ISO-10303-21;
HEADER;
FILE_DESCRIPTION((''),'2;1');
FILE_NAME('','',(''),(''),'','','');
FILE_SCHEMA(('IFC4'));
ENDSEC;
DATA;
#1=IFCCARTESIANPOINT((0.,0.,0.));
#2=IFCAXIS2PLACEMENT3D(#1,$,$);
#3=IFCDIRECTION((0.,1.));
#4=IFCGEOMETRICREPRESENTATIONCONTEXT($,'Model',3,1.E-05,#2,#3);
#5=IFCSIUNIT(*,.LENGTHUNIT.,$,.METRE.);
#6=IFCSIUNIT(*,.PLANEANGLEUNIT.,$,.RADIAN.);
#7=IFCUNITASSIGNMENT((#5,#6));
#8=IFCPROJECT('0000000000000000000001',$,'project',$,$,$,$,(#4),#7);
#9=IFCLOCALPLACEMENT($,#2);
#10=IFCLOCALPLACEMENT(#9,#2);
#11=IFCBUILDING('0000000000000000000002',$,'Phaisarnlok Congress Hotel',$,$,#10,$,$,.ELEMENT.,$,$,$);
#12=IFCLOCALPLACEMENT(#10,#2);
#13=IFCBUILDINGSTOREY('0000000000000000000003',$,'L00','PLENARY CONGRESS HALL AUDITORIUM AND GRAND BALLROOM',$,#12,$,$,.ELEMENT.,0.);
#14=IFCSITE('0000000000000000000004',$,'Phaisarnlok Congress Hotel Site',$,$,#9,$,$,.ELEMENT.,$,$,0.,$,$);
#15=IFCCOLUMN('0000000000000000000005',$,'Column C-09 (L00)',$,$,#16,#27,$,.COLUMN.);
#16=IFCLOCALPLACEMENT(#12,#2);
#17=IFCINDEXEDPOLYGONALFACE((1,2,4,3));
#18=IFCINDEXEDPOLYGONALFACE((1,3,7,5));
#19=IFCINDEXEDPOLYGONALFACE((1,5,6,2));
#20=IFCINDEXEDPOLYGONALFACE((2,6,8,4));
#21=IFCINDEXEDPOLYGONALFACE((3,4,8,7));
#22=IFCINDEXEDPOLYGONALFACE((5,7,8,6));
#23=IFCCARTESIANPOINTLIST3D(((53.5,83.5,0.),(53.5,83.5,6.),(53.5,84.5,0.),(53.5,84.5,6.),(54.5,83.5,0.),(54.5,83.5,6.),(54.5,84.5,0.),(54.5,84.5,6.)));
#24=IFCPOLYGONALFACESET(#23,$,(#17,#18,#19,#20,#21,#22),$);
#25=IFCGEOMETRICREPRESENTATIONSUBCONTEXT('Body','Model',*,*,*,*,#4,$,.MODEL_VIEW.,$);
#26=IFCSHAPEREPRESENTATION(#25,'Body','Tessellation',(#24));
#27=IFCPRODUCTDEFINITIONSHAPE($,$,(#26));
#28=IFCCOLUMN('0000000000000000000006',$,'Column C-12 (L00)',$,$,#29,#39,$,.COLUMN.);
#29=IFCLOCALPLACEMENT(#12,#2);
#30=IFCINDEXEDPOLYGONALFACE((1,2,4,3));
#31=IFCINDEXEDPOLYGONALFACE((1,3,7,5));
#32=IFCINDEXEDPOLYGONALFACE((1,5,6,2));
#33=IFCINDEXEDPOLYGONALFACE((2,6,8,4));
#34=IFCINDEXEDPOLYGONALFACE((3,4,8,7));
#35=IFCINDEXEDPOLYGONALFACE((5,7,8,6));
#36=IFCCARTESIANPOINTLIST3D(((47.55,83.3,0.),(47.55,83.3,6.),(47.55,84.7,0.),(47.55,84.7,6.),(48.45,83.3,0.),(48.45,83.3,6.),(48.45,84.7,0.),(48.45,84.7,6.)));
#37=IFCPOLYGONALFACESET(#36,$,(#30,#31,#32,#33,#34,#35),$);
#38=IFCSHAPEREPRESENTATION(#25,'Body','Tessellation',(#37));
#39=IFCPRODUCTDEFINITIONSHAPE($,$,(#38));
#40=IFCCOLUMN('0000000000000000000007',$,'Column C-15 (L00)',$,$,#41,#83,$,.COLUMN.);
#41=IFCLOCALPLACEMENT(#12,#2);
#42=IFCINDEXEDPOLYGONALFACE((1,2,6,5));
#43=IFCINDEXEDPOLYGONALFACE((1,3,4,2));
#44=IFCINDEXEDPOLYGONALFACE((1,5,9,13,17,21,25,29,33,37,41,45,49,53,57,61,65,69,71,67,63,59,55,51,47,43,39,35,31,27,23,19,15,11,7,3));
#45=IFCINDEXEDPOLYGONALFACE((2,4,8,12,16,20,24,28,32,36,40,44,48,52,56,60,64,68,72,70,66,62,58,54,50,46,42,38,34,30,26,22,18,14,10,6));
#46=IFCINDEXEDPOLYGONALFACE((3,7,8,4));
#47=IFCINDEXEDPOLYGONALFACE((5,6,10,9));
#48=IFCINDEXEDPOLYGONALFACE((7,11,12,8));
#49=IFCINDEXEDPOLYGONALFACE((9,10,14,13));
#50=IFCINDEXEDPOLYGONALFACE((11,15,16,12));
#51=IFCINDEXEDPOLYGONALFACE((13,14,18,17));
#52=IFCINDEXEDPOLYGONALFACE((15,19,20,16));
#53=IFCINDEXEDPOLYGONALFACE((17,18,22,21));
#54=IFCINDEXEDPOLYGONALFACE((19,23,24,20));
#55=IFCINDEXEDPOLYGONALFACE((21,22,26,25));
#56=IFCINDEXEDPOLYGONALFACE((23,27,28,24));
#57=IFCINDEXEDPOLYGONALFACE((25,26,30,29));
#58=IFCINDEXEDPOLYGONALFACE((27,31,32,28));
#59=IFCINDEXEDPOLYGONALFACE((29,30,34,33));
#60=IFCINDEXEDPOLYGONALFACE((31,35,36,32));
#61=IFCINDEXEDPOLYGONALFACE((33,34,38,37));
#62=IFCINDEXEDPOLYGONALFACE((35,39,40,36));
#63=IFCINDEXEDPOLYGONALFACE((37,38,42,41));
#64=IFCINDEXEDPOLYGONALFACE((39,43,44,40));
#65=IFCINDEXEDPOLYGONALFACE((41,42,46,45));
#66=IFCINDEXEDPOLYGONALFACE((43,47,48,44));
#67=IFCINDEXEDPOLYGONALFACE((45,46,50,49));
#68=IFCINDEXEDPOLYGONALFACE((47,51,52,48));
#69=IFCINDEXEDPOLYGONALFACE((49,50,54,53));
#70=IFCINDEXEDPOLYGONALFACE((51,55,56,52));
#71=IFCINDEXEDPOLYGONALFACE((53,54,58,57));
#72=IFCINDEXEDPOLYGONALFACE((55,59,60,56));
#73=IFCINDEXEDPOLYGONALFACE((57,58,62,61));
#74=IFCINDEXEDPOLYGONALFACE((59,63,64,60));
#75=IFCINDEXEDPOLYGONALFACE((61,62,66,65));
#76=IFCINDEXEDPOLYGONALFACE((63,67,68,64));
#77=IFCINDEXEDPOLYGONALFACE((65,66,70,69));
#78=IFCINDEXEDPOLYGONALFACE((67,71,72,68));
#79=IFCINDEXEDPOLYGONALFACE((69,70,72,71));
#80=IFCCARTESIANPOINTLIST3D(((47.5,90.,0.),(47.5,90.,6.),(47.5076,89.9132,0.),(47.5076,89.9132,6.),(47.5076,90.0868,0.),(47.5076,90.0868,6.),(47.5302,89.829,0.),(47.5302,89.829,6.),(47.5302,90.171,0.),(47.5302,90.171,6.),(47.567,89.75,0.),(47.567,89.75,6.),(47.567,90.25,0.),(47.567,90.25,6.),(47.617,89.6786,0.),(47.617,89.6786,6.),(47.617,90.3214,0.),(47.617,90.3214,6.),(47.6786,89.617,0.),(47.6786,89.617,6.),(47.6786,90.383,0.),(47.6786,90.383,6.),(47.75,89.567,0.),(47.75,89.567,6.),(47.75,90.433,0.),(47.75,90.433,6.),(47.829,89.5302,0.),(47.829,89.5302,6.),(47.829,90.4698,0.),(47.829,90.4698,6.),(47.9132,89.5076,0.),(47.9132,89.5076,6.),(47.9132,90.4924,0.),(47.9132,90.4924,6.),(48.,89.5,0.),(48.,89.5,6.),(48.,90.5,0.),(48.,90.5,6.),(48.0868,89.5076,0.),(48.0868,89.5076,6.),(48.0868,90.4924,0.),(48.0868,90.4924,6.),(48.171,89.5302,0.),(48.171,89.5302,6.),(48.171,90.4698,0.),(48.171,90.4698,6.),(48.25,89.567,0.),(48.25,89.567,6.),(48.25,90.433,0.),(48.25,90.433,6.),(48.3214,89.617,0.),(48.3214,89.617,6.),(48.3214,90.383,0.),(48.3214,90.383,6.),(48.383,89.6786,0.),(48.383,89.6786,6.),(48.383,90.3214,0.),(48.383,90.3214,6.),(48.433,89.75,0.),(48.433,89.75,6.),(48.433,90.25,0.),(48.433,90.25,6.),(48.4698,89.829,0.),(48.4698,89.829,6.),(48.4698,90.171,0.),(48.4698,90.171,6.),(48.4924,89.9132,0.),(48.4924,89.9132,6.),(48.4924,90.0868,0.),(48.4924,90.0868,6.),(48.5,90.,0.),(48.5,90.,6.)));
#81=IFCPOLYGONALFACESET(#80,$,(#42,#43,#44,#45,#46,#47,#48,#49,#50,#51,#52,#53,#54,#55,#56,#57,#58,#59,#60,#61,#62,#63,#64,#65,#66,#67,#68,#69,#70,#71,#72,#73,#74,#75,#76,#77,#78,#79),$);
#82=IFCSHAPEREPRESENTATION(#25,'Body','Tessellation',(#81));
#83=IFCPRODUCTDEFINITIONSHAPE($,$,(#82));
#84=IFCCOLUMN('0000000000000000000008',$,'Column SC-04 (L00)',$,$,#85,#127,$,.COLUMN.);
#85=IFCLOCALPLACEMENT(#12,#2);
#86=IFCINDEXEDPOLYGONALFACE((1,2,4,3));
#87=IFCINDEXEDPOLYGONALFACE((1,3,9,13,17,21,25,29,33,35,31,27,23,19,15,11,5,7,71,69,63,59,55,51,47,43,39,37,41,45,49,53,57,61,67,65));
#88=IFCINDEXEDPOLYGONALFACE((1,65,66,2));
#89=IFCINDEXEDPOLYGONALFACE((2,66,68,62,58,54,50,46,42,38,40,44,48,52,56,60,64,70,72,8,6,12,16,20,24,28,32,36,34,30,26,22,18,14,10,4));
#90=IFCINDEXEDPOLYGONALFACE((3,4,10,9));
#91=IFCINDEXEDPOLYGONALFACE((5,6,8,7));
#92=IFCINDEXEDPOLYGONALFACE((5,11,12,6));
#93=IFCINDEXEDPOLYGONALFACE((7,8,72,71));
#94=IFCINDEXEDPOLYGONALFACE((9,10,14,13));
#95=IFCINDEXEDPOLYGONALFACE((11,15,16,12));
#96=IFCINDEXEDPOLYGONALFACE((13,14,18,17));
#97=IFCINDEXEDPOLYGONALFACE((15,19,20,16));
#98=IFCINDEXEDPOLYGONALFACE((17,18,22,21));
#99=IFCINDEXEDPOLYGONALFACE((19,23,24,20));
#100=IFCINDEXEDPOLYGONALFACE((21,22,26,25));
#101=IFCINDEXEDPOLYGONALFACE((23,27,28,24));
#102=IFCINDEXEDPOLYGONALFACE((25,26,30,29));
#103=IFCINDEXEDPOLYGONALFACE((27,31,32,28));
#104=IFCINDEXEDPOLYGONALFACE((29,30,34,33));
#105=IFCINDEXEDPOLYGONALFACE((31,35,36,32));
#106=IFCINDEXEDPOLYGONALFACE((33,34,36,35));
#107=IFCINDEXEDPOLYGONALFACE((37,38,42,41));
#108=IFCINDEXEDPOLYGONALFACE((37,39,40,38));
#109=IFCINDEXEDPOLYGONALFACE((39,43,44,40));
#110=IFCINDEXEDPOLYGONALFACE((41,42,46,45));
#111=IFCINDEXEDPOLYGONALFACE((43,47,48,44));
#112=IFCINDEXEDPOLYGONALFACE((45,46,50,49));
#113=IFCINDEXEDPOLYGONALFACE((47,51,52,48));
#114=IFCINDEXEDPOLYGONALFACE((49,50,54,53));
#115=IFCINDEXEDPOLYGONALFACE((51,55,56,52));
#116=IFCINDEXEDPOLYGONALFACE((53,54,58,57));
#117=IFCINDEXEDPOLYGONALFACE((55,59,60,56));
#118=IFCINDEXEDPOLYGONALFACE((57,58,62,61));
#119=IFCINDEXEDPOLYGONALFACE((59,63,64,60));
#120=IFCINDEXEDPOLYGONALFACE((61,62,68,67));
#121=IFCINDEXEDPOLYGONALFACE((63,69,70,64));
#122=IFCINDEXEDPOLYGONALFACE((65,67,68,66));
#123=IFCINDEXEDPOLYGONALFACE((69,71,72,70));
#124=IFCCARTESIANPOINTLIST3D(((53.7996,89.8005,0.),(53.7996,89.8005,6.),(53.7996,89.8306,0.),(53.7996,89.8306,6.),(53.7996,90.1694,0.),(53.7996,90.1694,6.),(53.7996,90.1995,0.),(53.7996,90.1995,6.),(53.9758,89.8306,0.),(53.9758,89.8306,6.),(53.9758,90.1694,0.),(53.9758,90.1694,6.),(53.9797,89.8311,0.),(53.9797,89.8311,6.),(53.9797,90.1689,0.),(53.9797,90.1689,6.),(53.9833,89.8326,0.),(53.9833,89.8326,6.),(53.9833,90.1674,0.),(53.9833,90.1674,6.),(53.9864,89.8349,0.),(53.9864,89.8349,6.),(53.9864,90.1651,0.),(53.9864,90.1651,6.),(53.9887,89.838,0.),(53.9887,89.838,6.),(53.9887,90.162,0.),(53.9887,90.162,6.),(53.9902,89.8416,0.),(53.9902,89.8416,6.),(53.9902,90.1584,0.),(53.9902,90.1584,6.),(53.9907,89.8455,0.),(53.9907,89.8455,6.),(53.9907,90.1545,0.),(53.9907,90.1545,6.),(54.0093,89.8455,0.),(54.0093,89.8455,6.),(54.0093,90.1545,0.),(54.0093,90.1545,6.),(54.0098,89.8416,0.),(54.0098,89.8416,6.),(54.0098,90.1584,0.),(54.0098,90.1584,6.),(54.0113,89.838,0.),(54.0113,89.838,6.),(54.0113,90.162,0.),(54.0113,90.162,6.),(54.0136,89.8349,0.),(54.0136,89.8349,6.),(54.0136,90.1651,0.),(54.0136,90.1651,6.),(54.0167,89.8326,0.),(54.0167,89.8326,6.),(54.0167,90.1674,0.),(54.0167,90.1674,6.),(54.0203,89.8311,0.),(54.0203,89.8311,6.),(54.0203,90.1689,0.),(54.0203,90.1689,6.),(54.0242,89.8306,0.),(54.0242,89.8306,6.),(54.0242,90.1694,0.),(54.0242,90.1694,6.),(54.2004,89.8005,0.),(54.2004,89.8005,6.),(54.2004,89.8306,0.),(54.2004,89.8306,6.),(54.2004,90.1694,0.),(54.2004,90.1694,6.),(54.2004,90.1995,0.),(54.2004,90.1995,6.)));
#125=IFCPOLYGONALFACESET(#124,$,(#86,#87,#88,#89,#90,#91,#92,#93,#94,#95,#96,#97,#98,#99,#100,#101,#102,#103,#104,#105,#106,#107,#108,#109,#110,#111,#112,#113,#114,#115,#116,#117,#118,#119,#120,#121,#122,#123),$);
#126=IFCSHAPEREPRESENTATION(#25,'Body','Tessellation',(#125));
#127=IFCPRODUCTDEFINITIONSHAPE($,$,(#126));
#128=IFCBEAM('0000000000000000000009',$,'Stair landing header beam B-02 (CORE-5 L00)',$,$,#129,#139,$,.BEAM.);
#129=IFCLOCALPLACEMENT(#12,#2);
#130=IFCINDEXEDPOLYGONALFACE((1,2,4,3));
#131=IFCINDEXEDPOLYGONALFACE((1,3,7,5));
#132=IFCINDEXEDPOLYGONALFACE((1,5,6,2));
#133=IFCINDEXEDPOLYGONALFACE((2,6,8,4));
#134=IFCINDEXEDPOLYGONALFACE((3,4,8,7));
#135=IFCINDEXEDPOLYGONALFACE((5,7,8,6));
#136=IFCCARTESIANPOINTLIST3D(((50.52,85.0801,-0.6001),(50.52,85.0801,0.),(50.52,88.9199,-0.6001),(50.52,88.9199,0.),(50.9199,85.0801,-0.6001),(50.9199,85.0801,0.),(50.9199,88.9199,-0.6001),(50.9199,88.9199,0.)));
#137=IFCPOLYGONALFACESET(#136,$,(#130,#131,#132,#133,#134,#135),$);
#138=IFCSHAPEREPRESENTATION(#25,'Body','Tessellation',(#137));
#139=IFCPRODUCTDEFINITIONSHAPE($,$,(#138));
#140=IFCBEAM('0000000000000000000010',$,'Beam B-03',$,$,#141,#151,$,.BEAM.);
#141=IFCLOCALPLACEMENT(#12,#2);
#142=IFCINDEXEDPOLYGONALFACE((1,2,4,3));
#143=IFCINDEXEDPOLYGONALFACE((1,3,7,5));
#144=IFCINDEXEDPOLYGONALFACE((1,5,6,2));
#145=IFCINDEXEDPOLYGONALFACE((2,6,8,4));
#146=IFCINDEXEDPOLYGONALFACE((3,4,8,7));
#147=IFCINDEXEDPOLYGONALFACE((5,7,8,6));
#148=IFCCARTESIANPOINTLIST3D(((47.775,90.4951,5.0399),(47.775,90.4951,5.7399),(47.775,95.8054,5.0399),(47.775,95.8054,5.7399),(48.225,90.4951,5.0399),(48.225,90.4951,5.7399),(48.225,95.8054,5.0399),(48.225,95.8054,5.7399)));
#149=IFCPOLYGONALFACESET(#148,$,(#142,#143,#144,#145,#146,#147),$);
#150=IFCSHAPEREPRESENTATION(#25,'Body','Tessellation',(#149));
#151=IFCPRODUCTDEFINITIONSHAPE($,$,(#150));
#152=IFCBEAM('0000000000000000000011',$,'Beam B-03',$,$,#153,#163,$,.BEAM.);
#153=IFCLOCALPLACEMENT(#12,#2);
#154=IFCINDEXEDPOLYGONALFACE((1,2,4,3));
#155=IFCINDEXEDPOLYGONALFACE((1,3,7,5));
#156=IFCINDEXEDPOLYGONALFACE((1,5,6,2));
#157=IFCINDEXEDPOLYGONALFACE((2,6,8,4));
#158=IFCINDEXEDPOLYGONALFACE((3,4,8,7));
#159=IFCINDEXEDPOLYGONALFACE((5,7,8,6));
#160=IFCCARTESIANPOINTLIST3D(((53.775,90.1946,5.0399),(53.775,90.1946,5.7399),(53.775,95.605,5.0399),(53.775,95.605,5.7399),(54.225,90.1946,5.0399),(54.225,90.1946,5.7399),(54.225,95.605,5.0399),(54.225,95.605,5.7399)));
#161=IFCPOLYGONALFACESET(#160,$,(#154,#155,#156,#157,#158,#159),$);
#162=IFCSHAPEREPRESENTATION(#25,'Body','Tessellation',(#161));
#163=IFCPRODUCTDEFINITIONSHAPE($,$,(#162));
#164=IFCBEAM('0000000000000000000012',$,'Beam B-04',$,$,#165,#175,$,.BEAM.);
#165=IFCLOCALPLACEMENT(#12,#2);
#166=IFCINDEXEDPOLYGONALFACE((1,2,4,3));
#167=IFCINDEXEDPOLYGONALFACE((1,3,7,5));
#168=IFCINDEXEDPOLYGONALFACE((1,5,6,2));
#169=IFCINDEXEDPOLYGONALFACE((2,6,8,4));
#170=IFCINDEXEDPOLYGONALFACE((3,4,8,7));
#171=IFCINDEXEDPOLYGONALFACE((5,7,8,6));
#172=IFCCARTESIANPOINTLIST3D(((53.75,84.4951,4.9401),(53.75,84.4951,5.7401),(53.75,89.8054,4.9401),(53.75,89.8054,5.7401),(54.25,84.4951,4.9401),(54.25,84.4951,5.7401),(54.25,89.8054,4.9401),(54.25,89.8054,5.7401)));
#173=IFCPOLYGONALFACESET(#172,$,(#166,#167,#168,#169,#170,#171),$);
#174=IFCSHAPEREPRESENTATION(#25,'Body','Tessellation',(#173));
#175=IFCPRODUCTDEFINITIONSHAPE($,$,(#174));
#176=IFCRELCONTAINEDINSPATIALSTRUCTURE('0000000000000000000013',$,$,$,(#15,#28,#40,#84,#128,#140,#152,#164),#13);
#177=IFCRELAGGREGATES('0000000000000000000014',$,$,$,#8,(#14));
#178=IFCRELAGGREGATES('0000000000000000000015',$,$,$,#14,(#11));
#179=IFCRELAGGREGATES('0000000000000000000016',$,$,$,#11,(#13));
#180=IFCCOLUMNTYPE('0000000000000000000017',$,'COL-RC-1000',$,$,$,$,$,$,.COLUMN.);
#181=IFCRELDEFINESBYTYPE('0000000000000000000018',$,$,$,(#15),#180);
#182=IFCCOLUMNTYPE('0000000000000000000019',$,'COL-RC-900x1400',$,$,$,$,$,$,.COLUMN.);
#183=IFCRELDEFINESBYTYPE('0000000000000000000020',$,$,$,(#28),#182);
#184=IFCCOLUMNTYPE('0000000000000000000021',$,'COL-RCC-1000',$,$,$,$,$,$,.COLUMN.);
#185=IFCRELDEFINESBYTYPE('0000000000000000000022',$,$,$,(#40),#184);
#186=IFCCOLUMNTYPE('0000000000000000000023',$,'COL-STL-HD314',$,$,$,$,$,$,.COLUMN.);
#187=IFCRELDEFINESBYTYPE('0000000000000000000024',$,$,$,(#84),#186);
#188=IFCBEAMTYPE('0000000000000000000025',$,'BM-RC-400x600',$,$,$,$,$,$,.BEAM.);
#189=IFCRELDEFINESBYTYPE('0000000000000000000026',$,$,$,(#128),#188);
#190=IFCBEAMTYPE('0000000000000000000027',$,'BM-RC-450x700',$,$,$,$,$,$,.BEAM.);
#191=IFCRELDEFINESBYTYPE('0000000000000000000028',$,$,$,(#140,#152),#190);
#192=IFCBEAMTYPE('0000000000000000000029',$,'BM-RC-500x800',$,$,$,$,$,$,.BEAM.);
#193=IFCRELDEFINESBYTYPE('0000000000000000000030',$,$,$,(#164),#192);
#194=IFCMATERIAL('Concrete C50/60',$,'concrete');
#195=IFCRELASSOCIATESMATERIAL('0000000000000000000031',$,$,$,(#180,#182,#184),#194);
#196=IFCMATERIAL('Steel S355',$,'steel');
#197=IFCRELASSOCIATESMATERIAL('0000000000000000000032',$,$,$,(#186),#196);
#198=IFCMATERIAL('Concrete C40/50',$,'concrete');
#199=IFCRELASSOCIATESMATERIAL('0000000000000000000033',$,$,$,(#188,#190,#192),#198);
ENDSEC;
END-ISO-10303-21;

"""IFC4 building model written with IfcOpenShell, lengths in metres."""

from ifc_helpers import new_model, si_unit, direction, frame, origin, origin_2d, place, context, subcontext, project, spatial, rectangle, circle, i_section, extrude, material, material_profile, profile_set, type_object, element, save


model = new_model("IFC4")

# Units and contexts
model_context = context("Model", 3, precision=1e-05, world=origin(), true_north=direction((0.0, 1.0)))
body_context = subcontext(model_context, "Body", "Model", "MODEL_VIEW")
ifc_project = project(units=[si_unit("LENGTHUNIT", "METRE"), si_unit("PLANEANGLEUNIT", "RADIAN")], contexts=[model_context])

# Site, building, storey
site_placement = place(None, origin())
site = spatial("IfcSite", under=ifc_project, at=site_placement, Name="Phaisarnlok Congress Hotel Site", CompositionType="ELEMENT", RefElevation=0.0)
building_placement = place(site_placement, origin())
building = spatial("IfcBuilding", under=site, at=building_placement, Name="Phaisarnlok Congress Hotel", CompositionType="ELEMENT")
storey_placement = place(building_placement, origin())
storey = spatial("IfcBuildingStorey", under=building, at=storey_placement, Name="L00", Description="PLENARY CONGRESS HALL AUDITORIUM AND GRAND BALLROOM", CompositionType="ELEMENT", Elevation=0.0)

# Columns
ifc_material_1 = material(Name="Concrete C50/60", Category="concrete")
ifc_material_profile_1 = material_profile(ifc_material_1, rectangle(XDim=1.0, YDim=1.0, at=origin_2d()), Name="RC 1000x1000")
ifc_profile_set_1 = profile_set([ifc_material_profile_1], Name="Concrete C50/60")
column_type_1 = type_object("IfcColumnType", Name="COL-RC-1000", PredefinedType="COLUMN", material=ifc_profile_set_1)
column_1_placement = place(storey_placement, frame((54.0, 84.0, 0.0), z_axis=(0.0, 0.0, 1.0), x_axis=(1.0, 0.0, 0.0)))
element("IfcColumn", 1, at=column_1_placement, inside=storey, type_object=column_type_1, Name="Column C-09 (L00)", PredefinedType="COLUMN", context=body_context, shape_type="SweptSolid", body=[
    extrude(rectangle(XDim=1.0, YDim=1.0, at=origin_2d()), origin(), (0.0, 0.0, 1.0), 6.0),
])
ifc_material_profile_2 = material_profile(ifc_material_1, rectangle(XDim=0.8999, YDim=1.3999, at=origin_2d()), Name="RC 900x1400")
ifc_profile_set_2 = profile_set([ifc_material_profile_2], Name="Concrete C50/60")
column_type_2 = type_object("IfcColumnType", Name="COL-RC-900x1400", PredefinedType="COLUMN", material=ifc_profile_set_2)
column_2_placement = place(storey_placement, frame((48.0, 84.0, 0.0), z_axis=(0.0, 0.0, 1.0), x_axis=(1.0, 0.0, 0.0)))
element("IfcColumn", 2, at=column_2_placement, inside=storey, type_object=column_type_2, Name="Column C-12 (L00)", PredefinedType="COLUMN", context=body_context, shape_type="SweptSolid", body=[
    extrude(rectangle(XDim=0.8999, YDim=1.3999, at=origin_2d()), origin(), (0.0, 0.0, 1.0), 6.0),
])
ifc_material_profile_3 = material_profile(ifc_material_1, circle(Radius=0.5, at=origin_2d()), Name="RCC D1000")
ifc_profile_set_3 = profile_set([ifc_material_profile_3], Name="Concrete C50/60")
column_type_3 = type_object("IfcColumnType", Name="COL-RCC-1000", PredefinedType="COLUMN", material=ifc_profile_set_3)
column_3_placement = place(storey_placement, frame((48.0, 90.0, 0.0), z_axis=(0.0, 0.0, 1.0), x_axis=(1.0, 0.0, 0.0)))
element("IfcColumn", 3, at=column_3_placement, inside=storey, type_object=column_type_3, Name="Column C-15 (L00)", PredefinedType="COLUMN", context=body_context, shape_type="SweptSolid", body=[
    extrude(circle(Radius=0.5, at=origin_2d()), origin(), (0.0, 0.0, 1.0), 6.0),
])
ifc_material_2 = material(Name="Steel S355", Category="steel")
ifc_material_profile_4 = material_profile(ifc_material_2, i_section(OverallWidth=0.4009, OverallDepth=0.3989, WebThickness=0.0186, FlangeThickness=0.03, FilletRadius=0.0149, at=origin_2d()), Name="HD 400x314")
ifc_profile_set_4 = profile_set([ifc_material_profile_4], Name="Steel S355")
column_type_4 = type_object("IfcColumnType", Name="COL-STL-HD314", PredefinedType="COLUMN", material=ifc_profile_set_4)
column_4_placement = place(storey_placement, frame((54.0, 90.0, 0.0), z_axis=(0.0, 0.0, 1.0), x_axis=(1.0, 0.0, 0.0)))
element("IfcColumn", 4, at=column_4_placement, inside=storey, type_object=column_type_4, Name="Column SC-04 (L00)", PredefinedType="COLUMN", context=body_context, shape_type="SweptSolid", body=[
    extrude(i_section(OverallWidth=0.4009, OverallDepth=0.3989, WebThickness=0.0186, FlangeThickness=0.03, FilletRadius=0.0149, at=origin_2d()), origin(), (0.0, 0.0, 1.0), 6.0),
])

# Beams
ifc_material_3 = material(Name="Concrete C40/50", Category="concrete")
ifc_material_profile_5 = material_profile(ifc_material_3, rectangle(XDim=0.3999, YDim=0.6001, at=origin_2d()), Name="RC 400x600")
ifc_profile_set_5 = profile_set([ifc_material_profile_5], Name="Concrete C40/50")
beam_type_1 = type_object("IfcBeamType", Name="BM-RC-400x600", PredefinedType="BEAM", material=ifc_profile_set_5)
beam_1_placement = place(storey_placement, frame((50.72, 85.0801, -0.3), z_axis=(0.0, 1.0, 0.0), x_axis=(-1.0, 0.0, 0.0)))
element("IfcBeam", 5, at=beam_1_placement, inside=storey, type_object=beam_type_1, Name="Stair landing header beam B-02 (CORE-5 L00)", PredefinedType="BEAM", context=body_context, shape_type="SweptSolid", body=[
    extrude(rectangle(XDim=0.3999, YDim=0.6001, at=origin_2d()), origin(), (0.0, 0.0, 1.0), 3.8398),
])
ifc_material_profile_6 = material_profile(ifc_material_3, rectangle(XDim=0.45, YDim=0.7, at=origin_2d()), Name="RC 450x700")
ifc_profile_set_6 = profile_set([ifc_material_profile_6], Name="Concrete C40/50")
beam_type_2 = type_object("IfcBeamType", Name="BM-RC-450x700", PredefinedType="BEAM", material=ifc_profile_set_6)
beam_2_placement = place(storey_placement, frame((48.0, 90.4951, 5.3899), z_axis=(0.0, 1.0, 0.0), x_axis=(-1.0, 0.0, 0.0)))
element("IfcBeam", 6, at=beam_2_placement, inside=storey, type_object=beam_type_2, Name="Beam B-03", PredefinedType="BEAM", context=body_context, shape_type="SweptSolid", body=[
    extrude(rectangle(XDim=0.45, YDim=0.7, at=origin_2d()), origin(), (0.0, 0.0, 1.0), 5.3103),
])
beam_3_placement = place(storey_placement, frame((54.0, 90.1946, 5.3899), z_axis=(0.0, 1.0, 0.0), x_axis=(-1.0, 0.0, 0.0)))
element("IfcBeam", 7, at=beam_3_placement, inside=storey, type_object=beam_type_2, Name="Beam B-03", PredefinedType="BEAM", context=body_context, shape_type="SweptSolid", body=[
    extrude(rectangle(XDim=0.45, YDim=0.7, at=origin_2d()), origin(), (0.0, 0.0, 1.0), 5.4104),
])
ifc_material_profile_7 = material_profile(ifc_material_3, rectangle(XDim=0.5, YDim=0.8, at=origin_2d()), Name="RC 500x800")
ifc_profile_set_7 = profile_set([ifc_material_profile_7], Name="Concrete C40/50")
beam_type_3 = type_object("IfcBeamType", Name="BM-RC-500x800", PredefinedType="BEAM", material=ifc_profile_set_7)
beam_4_placement = place(storey_placement, frame((54.0, 84.4951, 5.3401), z_axis=(0.0, 1.0, 0.0), x_axis=(-1.0, 0.0, 0.0)))
element("IfcBeam", 8, at=beam_4_placement, inside=storey, type_object=beam_type_3, Name="Beam B-04", PredefinedType="BEAM", context=body_context, shape_type="SweptSolid", body=[
    extrude(rectangle(XDim=0.5, YDim=0.8, at=origin_2d()), origin(), (0.0, 0.0, 1.0), 5.3103),
])

save(model, "model.ifc")
